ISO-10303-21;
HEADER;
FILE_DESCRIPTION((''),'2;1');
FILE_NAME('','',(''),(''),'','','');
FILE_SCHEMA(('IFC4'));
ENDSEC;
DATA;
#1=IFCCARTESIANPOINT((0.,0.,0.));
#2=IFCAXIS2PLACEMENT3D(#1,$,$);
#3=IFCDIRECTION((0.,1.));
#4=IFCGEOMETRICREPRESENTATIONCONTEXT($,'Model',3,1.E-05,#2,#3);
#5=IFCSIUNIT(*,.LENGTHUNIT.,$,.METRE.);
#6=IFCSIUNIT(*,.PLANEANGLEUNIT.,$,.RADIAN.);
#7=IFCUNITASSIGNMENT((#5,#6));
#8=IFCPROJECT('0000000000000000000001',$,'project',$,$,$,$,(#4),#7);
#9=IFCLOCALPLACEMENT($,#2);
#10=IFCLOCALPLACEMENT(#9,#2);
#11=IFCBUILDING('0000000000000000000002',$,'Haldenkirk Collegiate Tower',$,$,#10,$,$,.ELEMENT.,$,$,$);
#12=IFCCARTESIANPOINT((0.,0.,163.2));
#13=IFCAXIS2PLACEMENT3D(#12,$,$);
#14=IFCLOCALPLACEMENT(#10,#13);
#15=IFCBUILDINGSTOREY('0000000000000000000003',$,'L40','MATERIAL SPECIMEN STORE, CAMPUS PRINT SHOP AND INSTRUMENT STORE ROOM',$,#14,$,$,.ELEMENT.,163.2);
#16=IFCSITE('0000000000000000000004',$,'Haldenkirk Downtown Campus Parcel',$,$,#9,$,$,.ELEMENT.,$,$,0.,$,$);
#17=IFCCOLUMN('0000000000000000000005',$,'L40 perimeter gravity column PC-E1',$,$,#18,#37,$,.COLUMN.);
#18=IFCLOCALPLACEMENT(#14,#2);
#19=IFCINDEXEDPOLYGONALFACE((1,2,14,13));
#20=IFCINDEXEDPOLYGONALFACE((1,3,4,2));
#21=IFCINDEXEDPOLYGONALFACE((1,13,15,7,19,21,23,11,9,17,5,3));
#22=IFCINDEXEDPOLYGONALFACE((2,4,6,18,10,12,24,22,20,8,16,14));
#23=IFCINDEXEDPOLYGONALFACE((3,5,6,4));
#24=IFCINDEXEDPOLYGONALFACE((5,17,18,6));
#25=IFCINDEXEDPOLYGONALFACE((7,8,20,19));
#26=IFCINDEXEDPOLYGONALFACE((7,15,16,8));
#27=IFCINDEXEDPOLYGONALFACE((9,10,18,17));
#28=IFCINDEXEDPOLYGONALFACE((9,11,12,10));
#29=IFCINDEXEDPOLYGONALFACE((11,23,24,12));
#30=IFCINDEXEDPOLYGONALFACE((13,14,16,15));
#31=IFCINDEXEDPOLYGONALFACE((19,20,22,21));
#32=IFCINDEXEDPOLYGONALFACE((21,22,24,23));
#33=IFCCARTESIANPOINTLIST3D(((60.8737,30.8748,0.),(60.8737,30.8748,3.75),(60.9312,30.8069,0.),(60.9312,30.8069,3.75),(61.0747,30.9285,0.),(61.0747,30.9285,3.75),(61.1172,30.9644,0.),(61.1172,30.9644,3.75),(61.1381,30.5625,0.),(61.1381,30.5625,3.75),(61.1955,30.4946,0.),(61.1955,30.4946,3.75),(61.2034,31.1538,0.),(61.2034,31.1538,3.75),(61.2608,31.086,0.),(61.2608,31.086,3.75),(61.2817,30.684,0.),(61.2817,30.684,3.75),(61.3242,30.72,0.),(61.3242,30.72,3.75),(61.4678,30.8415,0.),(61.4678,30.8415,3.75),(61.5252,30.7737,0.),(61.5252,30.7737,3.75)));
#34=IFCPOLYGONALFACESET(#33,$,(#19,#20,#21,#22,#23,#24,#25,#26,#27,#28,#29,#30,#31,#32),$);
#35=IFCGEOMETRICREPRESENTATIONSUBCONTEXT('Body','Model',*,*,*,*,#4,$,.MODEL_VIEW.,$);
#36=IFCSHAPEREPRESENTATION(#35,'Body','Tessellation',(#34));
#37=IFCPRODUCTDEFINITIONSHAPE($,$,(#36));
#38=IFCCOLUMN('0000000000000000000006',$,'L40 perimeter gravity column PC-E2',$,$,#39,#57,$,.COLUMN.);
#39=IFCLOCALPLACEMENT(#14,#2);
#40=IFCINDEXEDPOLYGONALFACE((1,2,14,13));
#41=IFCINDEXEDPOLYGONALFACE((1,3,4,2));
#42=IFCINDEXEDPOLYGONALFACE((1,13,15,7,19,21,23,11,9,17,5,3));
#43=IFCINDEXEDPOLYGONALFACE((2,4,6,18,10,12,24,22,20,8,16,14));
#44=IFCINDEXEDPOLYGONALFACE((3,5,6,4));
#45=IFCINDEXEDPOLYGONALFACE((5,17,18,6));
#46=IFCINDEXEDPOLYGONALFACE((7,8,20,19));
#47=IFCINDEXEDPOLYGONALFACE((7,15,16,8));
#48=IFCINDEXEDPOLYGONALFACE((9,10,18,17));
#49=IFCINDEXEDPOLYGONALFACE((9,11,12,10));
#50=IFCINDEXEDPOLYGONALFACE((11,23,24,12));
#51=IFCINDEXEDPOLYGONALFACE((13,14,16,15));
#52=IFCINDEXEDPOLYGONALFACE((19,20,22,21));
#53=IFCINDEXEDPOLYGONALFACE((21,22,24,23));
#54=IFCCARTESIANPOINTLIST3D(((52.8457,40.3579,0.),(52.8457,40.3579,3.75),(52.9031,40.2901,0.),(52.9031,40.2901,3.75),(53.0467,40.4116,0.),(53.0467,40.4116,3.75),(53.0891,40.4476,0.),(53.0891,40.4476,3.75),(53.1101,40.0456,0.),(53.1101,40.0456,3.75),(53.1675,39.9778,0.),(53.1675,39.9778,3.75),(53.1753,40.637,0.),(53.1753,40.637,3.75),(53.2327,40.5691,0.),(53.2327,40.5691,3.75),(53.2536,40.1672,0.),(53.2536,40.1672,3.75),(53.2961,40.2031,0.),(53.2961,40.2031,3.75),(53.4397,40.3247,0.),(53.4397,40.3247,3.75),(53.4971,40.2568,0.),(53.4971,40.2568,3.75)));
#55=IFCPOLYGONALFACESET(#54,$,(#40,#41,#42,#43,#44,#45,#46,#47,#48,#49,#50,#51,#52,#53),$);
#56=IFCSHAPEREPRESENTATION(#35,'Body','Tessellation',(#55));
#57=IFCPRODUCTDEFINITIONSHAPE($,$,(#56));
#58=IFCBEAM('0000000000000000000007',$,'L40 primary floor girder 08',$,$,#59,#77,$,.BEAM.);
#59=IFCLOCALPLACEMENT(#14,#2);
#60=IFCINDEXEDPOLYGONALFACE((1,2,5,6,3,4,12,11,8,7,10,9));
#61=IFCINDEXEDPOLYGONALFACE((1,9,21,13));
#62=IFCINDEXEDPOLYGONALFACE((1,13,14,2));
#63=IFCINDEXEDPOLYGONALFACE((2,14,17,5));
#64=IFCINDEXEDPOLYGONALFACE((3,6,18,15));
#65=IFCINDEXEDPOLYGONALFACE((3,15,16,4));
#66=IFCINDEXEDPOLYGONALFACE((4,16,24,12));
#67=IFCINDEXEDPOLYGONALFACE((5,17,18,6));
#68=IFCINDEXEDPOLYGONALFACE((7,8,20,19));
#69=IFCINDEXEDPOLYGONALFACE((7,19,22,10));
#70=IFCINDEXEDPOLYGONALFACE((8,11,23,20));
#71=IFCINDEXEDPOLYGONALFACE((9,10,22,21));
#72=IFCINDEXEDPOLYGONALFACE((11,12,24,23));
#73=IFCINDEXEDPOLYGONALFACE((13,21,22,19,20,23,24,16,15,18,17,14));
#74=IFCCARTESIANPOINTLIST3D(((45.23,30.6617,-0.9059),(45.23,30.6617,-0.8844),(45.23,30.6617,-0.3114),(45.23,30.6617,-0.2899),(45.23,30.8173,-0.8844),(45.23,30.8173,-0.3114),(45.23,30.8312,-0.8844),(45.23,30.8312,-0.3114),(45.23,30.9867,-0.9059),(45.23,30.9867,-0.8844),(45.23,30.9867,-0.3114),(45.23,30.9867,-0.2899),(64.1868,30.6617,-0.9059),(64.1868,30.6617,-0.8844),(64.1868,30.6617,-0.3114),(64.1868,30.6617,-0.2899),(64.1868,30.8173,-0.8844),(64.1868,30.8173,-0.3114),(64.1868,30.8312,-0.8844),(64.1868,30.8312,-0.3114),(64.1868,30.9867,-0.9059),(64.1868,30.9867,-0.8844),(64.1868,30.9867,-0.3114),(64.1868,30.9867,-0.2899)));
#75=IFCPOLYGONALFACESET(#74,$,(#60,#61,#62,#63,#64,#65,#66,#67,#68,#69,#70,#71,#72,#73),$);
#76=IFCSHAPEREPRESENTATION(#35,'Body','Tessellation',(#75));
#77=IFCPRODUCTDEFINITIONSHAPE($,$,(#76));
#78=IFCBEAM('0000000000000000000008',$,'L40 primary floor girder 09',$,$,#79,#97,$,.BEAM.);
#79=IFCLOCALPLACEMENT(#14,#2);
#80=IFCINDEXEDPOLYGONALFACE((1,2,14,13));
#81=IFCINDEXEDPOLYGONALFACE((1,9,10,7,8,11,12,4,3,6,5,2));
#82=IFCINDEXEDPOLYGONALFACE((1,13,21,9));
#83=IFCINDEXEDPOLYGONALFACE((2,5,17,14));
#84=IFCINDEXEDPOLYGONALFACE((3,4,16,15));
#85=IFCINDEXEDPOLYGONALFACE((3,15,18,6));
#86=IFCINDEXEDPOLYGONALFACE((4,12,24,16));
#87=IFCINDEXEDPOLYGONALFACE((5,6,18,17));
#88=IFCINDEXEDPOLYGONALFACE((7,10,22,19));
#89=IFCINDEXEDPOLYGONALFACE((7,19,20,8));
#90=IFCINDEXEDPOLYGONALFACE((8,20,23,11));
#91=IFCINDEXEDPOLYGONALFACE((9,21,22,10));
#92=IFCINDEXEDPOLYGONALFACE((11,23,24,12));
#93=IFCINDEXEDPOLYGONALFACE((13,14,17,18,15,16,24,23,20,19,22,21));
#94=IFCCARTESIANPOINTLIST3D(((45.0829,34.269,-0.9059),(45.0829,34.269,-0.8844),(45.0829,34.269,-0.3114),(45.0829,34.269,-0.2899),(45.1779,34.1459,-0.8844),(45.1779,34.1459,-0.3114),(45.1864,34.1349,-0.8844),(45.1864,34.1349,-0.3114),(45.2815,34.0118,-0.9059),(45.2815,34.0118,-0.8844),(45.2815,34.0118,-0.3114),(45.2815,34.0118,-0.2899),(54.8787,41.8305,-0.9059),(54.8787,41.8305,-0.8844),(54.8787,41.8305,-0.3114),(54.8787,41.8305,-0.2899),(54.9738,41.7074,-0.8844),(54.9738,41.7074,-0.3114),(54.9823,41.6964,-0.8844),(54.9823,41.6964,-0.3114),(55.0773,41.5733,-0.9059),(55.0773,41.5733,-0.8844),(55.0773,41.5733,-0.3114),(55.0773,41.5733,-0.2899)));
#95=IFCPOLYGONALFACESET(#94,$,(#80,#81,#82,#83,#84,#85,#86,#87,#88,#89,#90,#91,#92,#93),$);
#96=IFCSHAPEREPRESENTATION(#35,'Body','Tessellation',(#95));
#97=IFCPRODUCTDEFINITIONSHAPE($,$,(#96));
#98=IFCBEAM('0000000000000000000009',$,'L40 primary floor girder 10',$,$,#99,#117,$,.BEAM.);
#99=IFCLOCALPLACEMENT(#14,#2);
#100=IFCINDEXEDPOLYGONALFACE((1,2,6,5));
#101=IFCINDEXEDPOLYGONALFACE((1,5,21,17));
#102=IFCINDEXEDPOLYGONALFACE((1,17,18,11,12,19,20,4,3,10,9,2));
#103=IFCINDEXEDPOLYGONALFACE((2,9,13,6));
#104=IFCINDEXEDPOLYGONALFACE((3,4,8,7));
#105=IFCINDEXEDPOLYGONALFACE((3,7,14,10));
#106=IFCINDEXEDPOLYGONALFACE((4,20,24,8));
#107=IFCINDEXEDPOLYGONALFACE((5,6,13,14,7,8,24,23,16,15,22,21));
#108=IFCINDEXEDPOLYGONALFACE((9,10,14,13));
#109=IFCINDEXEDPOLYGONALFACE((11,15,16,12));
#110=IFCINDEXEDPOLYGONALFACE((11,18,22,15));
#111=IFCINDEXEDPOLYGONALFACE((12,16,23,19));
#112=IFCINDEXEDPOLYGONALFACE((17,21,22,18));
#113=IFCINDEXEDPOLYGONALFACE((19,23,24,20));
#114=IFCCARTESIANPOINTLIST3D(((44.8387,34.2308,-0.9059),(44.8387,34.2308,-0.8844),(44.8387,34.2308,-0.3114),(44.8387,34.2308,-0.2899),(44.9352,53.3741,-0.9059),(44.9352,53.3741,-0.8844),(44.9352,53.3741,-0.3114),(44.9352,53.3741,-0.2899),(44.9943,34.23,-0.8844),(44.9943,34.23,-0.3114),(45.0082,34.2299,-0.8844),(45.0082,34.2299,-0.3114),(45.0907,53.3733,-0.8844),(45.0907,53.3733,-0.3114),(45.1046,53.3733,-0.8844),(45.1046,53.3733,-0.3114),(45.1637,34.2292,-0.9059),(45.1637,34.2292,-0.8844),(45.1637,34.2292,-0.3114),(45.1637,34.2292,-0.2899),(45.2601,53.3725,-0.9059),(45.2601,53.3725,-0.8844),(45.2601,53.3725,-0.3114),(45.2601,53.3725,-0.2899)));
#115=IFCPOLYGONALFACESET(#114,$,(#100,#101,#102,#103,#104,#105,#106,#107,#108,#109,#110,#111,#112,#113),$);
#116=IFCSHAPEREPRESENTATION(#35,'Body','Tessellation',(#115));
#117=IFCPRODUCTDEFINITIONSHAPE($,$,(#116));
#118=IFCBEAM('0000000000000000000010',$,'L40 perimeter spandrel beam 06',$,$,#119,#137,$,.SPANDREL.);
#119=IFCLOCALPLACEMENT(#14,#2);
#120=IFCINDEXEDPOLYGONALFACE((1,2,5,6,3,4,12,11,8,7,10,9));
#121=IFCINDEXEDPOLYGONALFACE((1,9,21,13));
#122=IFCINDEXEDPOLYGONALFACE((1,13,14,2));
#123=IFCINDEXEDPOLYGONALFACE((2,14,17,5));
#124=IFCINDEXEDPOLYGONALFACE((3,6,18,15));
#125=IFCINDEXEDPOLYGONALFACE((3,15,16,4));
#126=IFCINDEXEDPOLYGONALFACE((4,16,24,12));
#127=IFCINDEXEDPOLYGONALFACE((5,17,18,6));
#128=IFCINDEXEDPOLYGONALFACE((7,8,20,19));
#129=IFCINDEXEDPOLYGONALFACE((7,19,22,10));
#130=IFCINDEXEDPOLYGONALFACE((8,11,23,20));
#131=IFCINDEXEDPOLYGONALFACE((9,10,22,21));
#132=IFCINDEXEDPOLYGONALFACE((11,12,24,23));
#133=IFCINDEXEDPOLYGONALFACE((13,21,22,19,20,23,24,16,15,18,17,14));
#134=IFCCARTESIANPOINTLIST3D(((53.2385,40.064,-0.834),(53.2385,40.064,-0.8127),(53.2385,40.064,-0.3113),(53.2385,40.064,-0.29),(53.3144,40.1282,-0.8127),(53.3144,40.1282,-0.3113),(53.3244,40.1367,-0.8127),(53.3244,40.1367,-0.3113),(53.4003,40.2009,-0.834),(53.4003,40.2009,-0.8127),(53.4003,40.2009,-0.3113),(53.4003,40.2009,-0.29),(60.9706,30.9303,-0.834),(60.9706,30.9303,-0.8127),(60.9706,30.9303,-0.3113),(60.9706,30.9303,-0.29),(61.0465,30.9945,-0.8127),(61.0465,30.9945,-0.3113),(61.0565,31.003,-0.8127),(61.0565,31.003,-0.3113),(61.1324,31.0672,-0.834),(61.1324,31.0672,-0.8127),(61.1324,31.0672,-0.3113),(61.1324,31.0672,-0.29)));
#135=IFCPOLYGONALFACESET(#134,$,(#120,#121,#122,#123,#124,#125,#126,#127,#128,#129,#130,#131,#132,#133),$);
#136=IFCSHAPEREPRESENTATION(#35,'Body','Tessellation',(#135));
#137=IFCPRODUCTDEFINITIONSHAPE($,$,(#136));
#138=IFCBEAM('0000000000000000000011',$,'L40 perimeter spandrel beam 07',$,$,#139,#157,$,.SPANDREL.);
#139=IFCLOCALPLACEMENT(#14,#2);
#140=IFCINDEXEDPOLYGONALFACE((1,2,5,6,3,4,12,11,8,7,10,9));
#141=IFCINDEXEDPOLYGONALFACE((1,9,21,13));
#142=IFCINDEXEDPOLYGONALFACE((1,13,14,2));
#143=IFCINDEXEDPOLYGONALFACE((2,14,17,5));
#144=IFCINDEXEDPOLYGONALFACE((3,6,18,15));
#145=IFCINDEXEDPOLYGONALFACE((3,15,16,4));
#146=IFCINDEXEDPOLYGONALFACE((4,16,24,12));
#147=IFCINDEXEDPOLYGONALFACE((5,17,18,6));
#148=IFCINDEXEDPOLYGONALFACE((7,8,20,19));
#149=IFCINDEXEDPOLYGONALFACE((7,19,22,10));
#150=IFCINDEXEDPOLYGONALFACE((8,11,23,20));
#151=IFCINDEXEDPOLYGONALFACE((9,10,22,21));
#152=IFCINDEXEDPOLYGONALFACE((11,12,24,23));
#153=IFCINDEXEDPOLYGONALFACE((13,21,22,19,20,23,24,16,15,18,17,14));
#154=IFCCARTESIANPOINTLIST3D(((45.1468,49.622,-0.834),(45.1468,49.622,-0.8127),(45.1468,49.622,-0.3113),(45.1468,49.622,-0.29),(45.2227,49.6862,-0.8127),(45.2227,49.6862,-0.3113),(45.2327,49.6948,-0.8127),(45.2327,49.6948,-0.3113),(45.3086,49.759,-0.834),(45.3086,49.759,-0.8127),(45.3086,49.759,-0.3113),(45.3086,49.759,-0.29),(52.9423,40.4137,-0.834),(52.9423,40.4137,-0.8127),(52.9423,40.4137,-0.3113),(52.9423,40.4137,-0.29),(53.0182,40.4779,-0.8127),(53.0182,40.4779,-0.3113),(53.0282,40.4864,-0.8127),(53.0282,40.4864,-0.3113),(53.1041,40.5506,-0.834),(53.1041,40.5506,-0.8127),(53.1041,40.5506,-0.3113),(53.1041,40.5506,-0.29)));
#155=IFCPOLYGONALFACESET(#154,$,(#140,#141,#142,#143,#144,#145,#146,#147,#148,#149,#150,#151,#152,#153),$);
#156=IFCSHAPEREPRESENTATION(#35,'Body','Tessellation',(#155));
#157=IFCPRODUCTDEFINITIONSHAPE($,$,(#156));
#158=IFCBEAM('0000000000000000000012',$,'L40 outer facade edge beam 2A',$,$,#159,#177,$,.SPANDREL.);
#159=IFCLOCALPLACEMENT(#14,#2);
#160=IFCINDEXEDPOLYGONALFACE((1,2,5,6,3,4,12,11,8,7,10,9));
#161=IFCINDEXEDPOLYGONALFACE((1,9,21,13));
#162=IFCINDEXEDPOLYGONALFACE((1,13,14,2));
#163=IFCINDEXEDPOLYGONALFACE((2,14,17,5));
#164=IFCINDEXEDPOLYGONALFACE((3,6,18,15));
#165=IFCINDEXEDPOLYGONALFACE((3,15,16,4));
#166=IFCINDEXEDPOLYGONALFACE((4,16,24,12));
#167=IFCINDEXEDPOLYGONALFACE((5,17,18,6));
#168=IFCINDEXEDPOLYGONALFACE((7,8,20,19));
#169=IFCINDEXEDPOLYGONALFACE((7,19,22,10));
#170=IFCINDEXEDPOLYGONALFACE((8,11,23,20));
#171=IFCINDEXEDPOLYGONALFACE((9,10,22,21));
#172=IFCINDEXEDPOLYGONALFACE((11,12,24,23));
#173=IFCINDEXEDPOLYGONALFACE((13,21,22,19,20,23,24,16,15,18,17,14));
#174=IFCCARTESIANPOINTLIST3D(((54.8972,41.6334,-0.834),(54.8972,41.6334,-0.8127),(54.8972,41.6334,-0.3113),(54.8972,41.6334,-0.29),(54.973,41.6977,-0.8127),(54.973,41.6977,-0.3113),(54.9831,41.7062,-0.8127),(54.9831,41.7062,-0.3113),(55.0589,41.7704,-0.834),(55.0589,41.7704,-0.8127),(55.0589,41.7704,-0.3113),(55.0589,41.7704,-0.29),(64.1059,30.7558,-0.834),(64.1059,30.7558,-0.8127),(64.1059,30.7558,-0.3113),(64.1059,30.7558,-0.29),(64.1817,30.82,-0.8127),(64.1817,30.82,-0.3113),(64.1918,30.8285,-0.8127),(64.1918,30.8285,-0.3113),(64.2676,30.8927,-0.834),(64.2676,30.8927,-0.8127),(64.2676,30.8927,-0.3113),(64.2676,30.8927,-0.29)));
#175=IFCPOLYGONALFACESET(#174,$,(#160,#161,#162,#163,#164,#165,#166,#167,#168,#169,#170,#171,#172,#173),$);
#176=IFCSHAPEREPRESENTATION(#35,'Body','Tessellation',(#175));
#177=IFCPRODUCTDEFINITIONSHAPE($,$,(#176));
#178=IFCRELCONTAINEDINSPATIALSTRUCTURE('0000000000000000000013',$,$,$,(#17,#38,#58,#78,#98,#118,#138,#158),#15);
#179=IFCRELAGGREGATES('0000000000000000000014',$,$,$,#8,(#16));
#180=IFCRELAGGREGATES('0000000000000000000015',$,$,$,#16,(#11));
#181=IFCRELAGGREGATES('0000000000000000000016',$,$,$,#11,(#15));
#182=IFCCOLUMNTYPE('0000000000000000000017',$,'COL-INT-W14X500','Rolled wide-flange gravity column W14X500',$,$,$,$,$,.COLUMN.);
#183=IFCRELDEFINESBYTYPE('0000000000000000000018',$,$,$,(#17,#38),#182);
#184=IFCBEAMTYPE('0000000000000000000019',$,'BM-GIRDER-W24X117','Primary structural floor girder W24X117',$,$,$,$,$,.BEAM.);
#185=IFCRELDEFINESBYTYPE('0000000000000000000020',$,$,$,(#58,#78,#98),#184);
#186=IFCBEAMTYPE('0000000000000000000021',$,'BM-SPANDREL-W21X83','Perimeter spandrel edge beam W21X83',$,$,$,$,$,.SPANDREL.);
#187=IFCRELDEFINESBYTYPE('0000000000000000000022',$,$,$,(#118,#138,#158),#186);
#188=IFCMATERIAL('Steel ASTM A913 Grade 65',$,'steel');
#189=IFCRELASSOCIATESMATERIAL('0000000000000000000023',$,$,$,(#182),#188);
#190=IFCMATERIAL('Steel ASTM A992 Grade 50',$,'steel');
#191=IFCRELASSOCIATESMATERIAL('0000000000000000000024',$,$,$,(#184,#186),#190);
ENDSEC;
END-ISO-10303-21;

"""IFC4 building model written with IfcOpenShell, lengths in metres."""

from ifc_helpers import new_model, si_unit, direction, frame, origin, origin_2d, place, context, subcontext, project, spatial, i_section, extrude, material, material_profile, profile_set, type_object, element, save


model = new_model("IFC4")

# Units and contexts
model_context = context("Model", 3, precision=1e-05, world=origin(), true_north=direction((0.0, 1.0)))
body_context = subcontext(model_context, "Body", "Model", "MODEL_VIEW")
ifc_project = project(units=[si_unit("LENGTHUNIT", "METRE"), si_unit("PLANEANGLEUNIT", "RADIAN")], contexts=[model_context])

# Site, building, storey
site_placement = place(None, origin())
site = spatial("IfcSite", under=ifc_project, at=site_placement, Name="Haldenkirk Downtown Campus Parcel", CompositionType="ELEMENT", RefElevation=0.0)
building_placement = place(site_placement, origin())
building = spatial("IfcBuilding", under=site, at=building_placement, Name="Haldenkirk Collegiate Tower", CompositionType="ELEMENT")
storey_placement = place(building_placement, frame((0.0, 0.0, 163.2)))
storey = spatial("IfcBuildingStorey", under=building, at=storey_placement, Name="L40", Description="MATERIAL SPECIMEN STORE, CAMPUS PRINT SHOP AND INSTRUMENT STORE ROOM", CompositionType="ELEMENT", Elevation=163.2)

# Columns
ifc_material_1 = material(Name="Steel ASTM A913 Grade 65", Category="steel")
ifc_material_profile_1 = material_profile(ifc_material_1, i_section(OverallWidth=0.4319, OverallDepth=0.498, WebThickness=0.0557, FlangeThickness=0.0889, at=origin_2d()), Name="W14X500")
ifc_profile_set_1 = profile_set([ifc_material_profile_1], Name="Steel ASTM A913 Grade 65")
column_type = type_object("IfcColumnType", Name="COL-INT-W14X500", Description="Rolled wide-flange gravity column W14X500", PredefinedType="COLUMN", material=ifc_profile_set_1)
for number, where, z_axis, x_axis, name in (
    (1, (61.1995, 30.8242, 0.0), (0.0, 0.0, 1.0), (0.763232, 0.646124, 0.0), "L40 perimeter gravity column PC-E1"),
    (2, (53.1714, 40.3074, 0.0), (0.0, 0.0, 1.0), (0.763232, 0.646124, 0.0), "L40 perimeter gravity column PC-E2"),
):
    element("IfcColumn", number, at=place(storey_placement, frame(where, z_axis=z_axis, x_axis=x_axis)), inside=storey, type_object=column_type, Name=name, PredefinedType="COLUMN", context=body_context, shape_type="SweptSolid", body=[
        extrude(i_section(OverallWidth=0.4319, OverallDepth=0.498, WebThickness=0.0557, FlangeThickness=0.0889, at=origin_2d()), origin(), (0.0, 0.0, 1.0), 3.75),
    ])

# Beams
ifc_material_2 = material(Name="Steel ASTM A992 Grade 50", Category="steel")
ifc_material_profile_2 = material_profile(ifc_material_2, i_section(OverallWidth=0.325, OverallDepth=0.616, WebThickness=0.0139, FlangeThickness=0.0215, at=origin_2d()), Name="W24X117")
ifc_profile_set_2 = profile_set([ifc_material_profile_2], Name="Steel ASTM A992 Grade 50")
beam_type_1 = type_object("IfcBeamType", Name="BM-GIRDER-W24X117", Description="Primary structural floor girder W24X117", PredefinedType="BEAM", material=ifc_profile_set_2)
beam_1_placement = place(storey_placement, frame((64.1868, 30.8242, -0.5979), z_axis=(-1.0, 0.0, 0.0), x_axis=(0.0, -1.0, 0.0)))
element("IfcBeam", 3, at=beam_1_placement, inside=storey, type_object=beam_type_1, Name="L40 primary floor girder 08", PredefinedType="BEAM", context=body_context, shape_type="SweptSolid", body=[
    extrude(i_section(OverallWidth=0.325, OverallDepth=0.616, WebThickness=0.0139, FlangeThickness=0.0215, at=origin_2d()), origin(), (0.0, 0.0, 1.0), 18.9568),
])
beam_2_placement = place(storey_placement, frame((54.978, 41.7019, -0.5979), z_axis=(-0.791599, -0.611041, 0.0), x_axis=(0.611041, -0.791599, 0.0)))
element("IfcBeam", 4, at=beam_2_placement, inside=storey, type_object=beam_type_1, Name="L40 primary floor girder 09", PredefinedType="BEAM", context=body_context, shape_type="SweptSolid", body=[
    extrude(i_section(OverallWidth=0.325, OverallDepth=0.616, WebThickness=0.0139, FlangeThickness=0.0215, at=origin_2d()), origin(), (0.0, 0.0, 1.0), 12.3748),
])
beam_3_placement = place(storey_placement, frame((45.0977, 53.3733, -0.5979), z_axis=(-0.005037, -0.999987, 0.0), x_axis=(0.999987, -0.005037, 0.0)))
element("IfcBeam", 5, at=beam_3_placement, inside=storey, type_object=beam_type_1, Name="L40 primary floor girder 10", PredefinedType="BEAM", context=body_context, shape_type="SweptSolid", body=[
    extrude(i_section(OverallWidth=0.325, OverallDepth=0.616, WebThickness=0.0139, FlangeThickness=0.0215, at=origin_2d()), origin(), (0.0, 0.0, 1.0), 19.1436),
])
ifc_material_profile_3 = material_profile(ifc_material_2, i_section(OverallWidth=0.2119, OverallDepth=0.5439, WebThickness=0.0132, FlangeThickness=0.0212, at=origin_2d()), Name="W21X83")
ifc_profile_set_3 = profile_set([ifc_material_profile_3], Name="Steel ASTM A992 Grade 50")
beam_type_2 = type_object("IfcBeamType", Name="BM-SPANDREL-W21X83", Description="Perimeter spandrel edge beam W21X83", PredefinedType="SPANDREL", material=ifc_profile_set_3)
beam_4_placement = place(storey_placement, frame((61.0515, 30.9988, -0.562), z_axis=(-0.646117, 0.763238, 0.0), x_axis=(-0.763238, -0.646117, 0.0)))
element("IfcBeam", 6, at=beam_4_placement, inside=storey, type_object=beam_type_2, Name="L40 perimeter spandrel beam 06", PredefinedType="SPANDREL", context=body_context, shape_type="SweptSolid", body=[
    extrude(i_section(OverallWidth=0.2119, OverallDepth=0.5439, WebThickness=0.0132, FlangeThickness=0.0212, at=origin_2d()), origin(), (0.0, 0.0, 1.0), 11.967),
])
beam_5_placement = place(storey_placement, frame((53.0232, 40.4822, -0.562), z_axis=(-0.646126, 0.76323, 0.0), x_axis=(-0.76323, -0.646126, 0.0)))
element("IfcBeam", 7, at=beam_5_placement, inside=storey, type_object=beam_type_2, Name="L40 perimeter spandrel beam 07", PredefinedType="SPANDREL", context=body_context, shape_type="SweptSolid", body=[
    extrude(i_section(OverallWidth=0.2119, OverallDepth=0.5439, WebThickness=0.0132, FlangeThickness=0.0212, at=origin_2d()), origin(), (0.0, 0.0, 1.0), 12.0649),
])
beam_6_placement = place(storey_placement, frame((64.1868, 30.8242, -0.562), z_axis=(-0.646128, 0.763229, 0.0), x_axis=(-0.763229, -0.646128, 0.0)))
element("IfcBeam", 8, at=beam_6_placement, inside=storey, type_object=beam_type_2, Name="L40 outer facade edge beam 2A", PredefinedType="SPANDREL", context=body_context, shape_type="SweptSolid", body=[
    extrude(i_section(OverallWidth=0.2119, OverallDepth=0.5439, WebThickness=0.0132, FlangeThickness=0.0212, at=origin_2d()), origin(), (0.0, 0.0, 1.0), 14.2522),
])

save(model, "model.ifc")
